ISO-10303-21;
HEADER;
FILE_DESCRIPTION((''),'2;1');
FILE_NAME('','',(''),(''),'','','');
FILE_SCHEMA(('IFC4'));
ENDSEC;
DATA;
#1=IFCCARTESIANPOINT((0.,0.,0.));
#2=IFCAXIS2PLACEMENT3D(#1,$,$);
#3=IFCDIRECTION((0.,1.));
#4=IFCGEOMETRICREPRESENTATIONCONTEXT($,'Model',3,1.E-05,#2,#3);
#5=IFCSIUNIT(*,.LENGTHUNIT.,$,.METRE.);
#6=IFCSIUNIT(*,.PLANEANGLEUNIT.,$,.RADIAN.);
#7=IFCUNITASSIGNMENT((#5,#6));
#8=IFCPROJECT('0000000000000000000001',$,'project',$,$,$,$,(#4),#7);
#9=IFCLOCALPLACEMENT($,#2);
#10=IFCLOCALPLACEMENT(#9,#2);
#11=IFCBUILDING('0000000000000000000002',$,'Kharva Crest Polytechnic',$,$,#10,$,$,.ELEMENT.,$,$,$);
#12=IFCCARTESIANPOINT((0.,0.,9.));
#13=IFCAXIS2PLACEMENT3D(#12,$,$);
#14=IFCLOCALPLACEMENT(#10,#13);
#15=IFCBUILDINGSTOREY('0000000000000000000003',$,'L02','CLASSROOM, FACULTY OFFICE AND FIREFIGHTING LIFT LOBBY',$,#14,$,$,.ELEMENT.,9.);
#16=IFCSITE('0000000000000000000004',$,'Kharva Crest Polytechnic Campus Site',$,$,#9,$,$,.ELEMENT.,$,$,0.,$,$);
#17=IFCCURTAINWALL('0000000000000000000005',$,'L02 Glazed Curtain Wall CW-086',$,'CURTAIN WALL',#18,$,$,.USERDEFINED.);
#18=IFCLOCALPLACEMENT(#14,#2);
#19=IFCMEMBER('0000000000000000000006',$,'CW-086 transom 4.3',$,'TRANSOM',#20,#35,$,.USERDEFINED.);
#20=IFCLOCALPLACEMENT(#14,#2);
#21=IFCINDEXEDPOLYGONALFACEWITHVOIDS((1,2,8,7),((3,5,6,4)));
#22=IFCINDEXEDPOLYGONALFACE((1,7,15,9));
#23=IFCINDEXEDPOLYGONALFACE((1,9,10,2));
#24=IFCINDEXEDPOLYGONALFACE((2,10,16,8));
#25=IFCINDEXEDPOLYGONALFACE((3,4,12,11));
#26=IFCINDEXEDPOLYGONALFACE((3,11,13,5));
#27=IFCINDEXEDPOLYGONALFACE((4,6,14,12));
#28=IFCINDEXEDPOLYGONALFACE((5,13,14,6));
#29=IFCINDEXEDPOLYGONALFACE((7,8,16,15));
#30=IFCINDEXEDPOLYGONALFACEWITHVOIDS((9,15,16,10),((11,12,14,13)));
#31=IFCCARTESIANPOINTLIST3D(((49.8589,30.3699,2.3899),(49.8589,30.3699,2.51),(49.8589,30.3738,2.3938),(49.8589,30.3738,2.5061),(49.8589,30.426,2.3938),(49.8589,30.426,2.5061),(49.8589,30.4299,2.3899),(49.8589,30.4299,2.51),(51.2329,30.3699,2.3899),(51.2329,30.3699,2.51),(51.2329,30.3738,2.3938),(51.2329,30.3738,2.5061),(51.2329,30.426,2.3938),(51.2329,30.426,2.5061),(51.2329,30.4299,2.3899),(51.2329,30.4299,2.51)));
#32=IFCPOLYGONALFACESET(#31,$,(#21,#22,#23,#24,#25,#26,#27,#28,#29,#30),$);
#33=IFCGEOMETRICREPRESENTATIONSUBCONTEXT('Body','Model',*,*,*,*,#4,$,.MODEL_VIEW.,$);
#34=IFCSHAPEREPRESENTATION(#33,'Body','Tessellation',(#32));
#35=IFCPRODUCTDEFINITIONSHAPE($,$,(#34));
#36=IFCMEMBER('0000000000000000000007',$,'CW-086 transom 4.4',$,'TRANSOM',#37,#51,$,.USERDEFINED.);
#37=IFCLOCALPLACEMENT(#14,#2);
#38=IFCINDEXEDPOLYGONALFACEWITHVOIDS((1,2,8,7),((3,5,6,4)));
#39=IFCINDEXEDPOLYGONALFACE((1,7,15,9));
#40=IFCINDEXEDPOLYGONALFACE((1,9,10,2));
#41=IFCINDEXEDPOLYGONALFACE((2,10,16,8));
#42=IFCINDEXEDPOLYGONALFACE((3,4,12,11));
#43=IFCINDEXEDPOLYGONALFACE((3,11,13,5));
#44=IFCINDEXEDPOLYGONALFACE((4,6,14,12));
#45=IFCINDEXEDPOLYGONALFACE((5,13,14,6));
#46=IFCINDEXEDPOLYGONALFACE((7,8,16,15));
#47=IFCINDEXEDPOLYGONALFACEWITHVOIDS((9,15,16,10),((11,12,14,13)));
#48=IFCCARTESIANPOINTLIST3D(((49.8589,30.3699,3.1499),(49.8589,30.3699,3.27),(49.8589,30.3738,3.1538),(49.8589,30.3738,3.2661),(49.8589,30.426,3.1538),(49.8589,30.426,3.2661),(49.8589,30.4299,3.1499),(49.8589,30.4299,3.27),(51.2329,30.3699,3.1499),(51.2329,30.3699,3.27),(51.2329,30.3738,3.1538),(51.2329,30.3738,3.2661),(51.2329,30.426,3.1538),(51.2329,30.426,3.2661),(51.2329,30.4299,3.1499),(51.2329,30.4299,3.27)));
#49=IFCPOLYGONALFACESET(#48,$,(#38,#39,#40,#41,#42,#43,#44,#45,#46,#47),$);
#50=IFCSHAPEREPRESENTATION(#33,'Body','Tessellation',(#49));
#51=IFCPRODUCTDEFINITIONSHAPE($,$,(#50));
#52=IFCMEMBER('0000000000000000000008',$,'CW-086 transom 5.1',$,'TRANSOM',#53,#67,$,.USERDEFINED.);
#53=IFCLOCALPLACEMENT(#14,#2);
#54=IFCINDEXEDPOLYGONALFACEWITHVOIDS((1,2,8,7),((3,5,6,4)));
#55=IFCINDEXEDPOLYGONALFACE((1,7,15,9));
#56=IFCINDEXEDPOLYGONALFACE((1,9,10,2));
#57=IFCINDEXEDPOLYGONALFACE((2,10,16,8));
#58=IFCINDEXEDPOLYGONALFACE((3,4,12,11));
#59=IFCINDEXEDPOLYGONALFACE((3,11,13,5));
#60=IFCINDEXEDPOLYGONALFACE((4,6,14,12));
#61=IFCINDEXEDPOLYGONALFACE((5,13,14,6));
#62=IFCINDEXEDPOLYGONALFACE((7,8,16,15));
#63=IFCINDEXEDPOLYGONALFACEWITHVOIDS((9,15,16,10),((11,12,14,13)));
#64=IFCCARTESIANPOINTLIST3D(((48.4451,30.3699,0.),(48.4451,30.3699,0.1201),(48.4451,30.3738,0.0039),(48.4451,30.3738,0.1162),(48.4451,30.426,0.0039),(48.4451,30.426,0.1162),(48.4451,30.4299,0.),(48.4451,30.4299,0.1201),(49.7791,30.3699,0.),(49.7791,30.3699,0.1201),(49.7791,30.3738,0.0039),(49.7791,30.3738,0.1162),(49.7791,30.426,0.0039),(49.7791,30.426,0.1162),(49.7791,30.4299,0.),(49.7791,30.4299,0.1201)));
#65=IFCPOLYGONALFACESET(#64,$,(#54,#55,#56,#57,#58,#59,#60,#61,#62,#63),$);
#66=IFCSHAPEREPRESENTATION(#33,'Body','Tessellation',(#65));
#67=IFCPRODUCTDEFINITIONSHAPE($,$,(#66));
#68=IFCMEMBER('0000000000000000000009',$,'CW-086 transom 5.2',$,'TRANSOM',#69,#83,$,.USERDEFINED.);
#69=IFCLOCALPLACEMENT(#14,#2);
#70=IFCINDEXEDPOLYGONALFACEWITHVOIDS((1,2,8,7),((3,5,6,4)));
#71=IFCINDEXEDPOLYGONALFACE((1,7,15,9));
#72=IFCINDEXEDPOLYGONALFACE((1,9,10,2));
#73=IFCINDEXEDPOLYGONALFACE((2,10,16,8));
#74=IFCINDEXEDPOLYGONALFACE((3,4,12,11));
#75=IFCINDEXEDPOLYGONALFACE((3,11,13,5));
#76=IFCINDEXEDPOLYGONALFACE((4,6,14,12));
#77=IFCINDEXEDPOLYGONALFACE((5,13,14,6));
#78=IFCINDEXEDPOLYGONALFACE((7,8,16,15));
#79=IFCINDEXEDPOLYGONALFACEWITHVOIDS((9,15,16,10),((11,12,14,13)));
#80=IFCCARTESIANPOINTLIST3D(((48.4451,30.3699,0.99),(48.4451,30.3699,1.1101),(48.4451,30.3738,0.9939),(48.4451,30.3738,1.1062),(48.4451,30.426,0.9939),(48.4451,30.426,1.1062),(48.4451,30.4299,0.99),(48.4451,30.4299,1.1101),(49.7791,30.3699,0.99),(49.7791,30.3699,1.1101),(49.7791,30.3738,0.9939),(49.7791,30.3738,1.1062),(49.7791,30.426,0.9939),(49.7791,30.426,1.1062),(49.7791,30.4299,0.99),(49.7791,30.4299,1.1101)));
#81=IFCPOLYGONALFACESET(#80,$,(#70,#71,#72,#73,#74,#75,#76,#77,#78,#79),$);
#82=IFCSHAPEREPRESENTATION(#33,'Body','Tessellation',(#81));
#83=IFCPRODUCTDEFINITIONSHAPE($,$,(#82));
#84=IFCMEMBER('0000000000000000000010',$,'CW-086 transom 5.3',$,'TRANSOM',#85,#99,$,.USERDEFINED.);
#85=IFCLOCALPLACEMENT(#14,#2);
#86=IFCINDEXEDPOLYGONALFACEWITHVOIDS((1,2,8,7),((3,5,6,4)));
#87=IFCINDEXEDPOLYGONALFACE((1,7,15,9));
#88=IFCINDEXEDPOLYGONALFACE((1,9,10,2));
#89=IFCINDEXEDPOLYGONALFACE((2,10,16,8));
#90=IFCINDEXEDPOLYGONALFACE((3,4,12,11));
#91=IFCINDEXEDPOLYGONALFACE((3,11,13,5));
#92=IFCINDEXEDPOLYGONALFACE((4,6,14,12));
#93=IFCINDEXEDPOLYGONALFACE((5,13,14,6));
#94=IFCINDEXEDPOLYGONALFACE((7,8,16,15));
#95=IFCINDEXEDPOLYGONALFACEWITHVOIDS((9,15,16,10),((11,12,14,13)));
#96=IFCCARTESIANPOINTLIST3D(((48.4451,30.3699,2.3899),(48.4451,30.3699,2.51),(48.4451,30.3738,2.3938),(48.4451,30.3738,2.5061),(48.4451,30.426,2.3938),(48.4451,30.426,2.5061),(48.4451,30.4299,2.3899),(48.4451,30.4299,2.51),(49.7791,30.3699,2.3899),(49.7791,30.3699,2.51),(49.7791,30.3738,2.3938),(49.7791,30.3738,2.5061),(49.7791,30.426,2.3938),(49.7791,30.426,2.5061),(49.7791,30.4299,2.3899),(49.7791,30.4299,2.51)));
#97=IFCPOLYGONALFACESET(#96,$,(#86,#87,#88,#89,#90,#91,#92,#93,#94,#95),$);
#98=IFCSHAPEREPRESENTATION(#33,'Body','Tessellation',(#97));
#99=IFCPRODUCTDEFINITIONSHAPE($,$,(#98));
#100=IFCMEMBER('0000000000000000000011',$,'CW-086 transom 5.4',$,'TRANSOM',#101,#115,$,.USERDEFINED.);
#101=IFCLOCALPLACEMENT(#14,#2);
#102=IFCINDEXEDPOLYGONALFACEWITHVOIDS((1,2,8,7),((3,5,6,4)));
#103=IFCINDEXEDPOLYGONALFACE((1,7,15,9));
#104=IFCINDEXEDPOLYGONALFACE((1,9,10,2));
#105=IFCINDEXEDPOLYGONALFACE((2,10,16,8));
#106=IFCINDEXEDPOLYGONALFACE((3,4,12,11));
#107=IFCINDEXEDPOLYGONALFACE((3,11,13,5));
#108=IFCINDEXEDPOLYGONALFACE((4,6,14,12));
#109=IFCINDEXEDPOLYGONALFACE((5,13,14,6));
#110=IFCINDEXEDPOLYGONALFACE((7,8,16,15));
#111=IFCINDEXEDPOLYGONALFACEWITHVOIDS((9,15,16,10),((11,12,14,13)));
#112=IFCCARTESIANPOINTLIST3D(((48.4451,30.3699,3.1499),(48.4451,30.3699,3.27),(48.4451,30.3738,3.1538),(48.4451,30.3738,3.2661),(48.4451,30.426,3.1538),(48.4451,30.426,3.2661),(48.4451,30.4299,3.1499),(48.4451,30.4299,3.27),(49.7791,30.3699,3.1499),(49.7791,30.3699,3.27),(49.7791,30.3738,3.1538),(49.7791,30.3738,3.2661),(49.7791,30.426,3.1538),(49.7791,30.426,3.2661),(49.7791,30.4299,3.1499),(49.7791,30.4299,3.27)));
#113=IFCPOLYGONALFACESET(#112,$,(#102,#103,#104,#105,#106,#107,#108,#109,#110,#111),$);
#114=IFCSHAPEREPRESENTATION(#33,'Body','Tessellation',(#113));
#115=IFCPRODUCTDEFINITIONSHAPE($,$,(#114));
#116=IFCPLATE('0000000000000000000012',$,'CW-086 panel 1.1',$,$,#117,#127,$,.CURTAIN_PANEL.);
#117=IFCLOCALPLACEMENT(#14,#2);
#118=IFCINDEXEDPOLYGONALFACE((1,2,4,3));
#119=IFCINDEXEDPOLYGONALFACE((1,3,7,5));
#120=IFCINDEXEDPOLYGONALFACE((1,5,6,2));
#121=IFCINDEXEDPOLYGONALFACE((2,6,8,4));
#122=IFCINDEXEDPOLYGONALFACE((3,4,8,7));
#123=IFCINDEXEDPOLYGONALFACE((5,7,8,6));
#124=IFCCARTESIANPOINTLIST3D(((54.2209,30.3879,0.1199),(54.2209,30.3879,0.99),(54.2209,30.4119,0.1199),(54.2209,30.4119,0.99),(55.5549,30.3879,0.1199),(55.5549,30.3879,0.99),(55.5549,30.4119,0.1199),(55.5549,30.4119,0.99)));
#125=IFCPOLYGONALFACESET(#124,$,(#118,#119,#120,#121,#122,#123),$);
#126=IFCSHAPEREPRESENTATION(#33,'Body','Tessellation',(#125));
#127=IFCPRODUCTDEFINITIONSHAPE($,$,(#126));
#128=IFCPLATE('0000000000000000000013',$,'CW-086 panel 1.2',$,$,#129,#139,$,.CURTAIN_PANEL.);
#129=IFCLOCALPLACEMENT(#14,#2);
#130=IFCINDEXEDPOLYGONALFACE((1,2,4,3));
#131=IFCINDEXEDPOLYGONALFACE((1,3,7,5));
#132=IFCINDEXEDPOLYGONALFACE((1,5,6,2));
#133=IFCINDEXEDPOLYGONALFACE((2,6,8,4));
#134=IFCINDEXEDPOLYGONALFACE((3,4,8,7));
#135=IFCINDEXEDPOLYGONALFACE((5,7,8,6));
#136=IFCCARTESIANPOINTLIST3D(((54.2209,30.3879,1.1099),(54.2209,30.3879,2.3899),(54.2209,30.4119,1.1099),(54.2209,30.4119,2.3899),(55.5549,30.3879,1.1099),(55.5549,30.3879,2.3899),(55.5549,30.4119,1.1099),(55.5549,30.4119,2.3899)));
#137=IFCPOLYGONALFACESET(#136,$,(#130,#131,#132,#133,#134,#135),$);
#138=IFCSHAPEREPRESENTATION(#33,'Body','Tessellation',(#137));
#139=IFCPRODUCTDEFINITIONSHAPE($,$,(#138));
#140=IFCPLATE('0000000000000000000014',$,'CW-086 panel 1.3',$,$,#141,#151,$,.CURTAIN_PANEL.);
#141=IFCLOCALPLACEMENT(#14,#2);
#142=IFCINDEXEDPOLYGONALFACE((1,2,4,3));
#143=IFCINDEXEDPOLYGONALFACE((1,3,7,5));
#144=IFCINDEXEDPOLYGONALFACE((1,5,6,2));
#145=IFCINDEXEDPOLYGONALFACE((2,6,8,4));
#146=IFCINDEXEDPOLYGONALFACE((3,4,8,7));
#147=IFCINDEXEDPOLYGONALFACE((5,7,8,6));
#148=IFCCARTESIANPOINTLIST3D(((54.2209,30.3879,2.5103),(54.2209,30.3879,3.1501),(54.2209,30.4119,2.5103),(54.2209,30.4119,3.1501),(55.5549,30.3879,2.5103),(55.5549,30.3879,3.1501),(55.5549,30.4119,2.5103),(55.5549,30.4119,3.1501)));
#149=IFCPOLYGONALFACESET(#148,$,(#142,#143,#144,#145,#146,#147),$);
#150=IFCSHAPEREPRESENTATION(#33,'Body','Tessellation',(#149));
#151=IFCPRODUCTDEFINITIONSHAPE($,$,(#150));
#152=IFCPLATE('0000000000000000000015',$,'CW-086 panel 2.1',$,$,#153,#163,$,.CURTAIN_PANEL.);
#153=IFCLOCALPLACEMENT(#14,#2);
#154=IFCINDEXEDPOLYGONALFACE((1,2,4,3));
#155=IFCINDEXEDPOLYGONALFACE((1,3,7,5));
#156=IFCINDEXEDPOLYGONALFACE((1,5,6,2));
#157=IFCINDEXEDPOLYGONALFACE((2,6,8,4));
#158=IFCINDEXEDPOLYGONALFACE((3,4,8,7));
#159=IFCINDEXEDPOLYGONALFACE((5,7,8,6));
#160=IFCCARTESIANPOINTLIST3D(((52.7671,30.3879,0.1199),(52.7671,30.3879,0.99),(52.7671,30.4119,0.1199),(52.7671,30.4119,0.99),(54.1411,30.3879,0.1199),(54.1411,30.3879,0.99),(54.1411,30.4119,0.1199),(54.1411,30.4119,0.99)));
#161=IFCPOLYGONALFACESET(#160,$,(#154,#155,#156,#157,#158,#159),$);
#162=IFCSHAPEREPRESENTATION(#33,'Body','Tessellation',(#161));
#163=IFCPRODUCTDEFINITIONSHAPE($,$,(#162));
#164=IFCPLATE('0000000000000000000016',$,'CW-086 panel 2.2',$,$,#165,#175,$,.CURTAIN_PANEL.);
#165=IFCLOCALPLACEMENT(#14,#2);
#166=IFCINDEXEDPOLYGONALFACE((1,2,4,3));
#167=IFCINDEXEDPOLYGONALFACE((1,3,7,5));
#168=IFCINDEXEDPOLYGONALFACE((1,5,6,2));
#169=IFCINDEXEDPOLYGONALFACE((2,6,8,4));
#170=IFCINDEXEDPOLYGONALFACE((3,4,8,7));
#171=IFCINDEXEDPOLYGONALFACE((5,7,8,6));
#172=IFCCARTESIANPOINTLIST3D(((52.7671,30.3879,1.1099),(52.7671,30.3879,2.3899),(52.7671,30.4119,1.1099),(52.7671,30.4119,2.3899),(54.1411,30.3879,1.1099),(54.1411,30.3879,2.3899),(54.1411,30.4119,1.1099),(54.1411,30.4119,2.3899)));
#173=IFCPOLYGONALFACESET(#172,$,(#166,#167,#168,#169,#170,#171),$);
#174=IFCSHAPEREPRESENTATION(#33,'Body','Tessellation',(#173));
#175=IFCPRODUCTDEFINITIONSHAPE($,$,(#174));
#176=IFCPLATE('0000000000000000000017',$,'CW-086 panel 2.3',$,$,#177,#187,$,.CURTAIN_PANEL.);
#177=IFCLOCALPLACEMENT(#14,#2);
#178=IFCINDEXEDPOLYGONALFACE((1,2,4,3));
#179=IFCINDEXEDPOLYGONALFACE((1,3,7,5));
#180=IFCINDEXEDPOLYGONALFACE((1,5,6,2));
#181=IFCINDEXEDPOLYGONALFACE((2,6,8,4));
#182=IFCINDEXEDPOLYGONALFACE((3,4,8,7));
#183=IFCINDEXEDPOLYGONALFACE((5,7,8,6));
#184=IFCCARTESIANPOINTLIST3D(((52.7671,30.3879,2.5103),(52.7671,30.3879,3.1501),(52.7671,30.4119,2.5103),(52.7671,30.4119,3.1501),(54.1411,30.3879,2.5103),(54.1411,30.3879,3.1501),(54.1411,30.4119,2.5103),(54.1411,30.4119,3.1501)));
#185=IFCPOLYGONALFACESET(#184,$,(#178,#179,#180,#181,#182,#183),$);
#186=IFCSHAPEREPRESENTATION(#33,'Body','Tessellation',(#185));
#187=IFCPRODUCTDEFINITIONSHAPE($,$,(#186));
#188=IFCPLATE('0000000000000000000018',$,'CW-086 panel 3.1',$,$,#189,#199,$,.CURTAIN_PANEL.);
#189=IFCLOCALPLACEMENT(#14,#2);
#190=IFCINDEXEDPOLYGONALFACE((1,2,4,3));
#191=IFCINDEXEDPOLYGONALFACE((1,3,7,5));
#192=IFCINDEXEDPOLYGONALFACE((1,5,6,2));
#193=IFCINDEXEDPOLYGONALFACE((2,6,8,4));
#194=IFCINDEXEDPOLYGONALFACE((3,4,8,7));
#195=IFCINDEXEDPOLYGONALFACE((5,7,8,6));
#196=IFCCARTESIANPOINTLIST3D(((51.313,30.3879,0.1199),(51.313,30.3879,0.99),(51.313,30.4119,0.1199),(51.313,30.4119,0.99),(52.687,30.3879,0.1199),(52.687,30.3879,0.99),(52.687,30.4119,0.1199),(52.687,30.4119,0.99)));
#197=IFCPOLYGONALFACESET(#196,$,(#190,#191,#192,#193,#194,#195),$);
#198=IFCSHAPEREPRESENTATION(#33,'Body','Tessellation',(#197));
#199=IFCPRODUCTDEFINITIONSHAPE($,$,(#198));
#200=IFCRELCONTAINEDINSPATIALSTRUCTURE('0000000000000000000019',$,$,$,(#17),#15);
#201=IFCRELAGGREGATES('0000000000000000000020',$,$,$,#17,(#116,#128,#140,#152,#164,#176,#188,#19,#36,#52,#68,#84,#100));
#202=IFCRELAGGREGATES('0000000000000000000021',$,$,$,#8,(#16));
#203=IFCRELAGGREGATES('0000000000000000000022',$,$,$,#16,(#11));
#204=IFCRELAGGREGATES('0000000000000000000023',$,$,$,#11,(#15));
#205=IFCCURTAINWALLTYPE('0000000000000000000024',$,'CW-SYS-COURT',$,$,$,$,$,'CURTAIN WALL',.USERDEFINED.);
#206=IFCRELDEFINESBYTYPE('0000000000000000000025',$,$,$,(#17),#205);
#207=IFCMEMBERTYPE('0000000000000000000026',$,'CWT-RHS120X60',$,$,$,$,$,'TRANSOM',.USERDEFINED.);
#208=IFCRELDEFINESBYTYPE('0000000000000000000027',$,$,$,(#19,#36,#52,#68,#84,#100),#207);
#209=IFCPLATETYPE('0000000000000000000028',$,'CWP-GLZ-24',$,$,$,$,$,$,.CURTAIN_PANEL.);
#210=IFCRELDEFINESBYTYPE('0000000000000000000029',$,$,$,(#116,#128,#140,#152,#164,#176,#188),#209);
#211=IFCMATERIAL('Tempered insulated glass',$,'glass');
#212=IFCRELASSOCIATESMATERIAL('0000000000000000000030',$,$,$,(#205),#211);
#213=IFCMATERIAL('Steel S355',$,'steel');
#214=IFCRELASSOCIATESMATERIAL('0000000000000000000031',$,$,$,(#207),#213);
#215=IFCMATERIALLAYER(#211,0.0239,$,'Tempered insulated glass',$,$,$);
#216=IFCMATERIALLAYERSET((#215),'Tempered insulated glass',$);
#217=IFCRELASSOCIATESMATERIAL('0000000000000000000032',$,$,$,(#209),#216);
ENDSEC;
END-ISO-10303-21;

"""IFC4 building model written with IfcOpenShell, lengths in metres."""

from ifc_helpers import new_model, si_unit, direction, frame, origin, origin_2d, place, context, subcontext, project, spatial, rectangle, hollow_rectangle, extrude, material, layer, layer_set, material_profile, profile_set, type_object, element, aggregate, save


model = new_model("IFC4")

# Units and contexts
model_context = context("Model", 3, precision=1e-05, world=origin(), true_north=direction((0.0, 1.0)))
body_context = subcontext(model_context, "Body", "Model", "MODEL_VIEW")
ifc_project = project(units=[si_unit("LENGTHUNIT", "METRE"), si_unit("PLANEANGLEUNIT", "RADIAN")], contexts=[model_context])

# Site, building, storey
site_placement = place(None, origin())
site = spatial("IfcSite", under=ifc_project, at=site_placement, Name="Kharva Crest Polytechnic Campus Site", CompositionType="ELEMENT", RefElevation=0.0)
building_placement = place(site_placement, origin())
building = spatial("IfcBuilding", under=site, at=building_placement, Name="Kharva Crest Polytechnic", CompositionType="ELEMENT")
storey_placement = place(building_placement, frame((0.0, 0.0, 9.0)))
storey = spatial("IfcBuildingStorey", under=building, at=storey_placement, Name="L02", Description="CLASSROOM, FACULTY OFFICE AND FIREFIGHTING LIFT LOBBY", CompositionType="ELEMENT", Elevation=9.0)

# Curtain wall, members, plates
ifc_material_1 = material(Name="Tempered insulated glass", Category="glass")
curtain_wall_type = type_object("IfcCurtainWallType", Name="CW-SYS-COURT", ElementType="CURTAIN WALL", PredefinedType="USERDEFINED", material=ifc_material_1)
curtain_wall_placement = place(storey_placement, origin())
curtain_wall = element("IfcCurtainWall", 1, at=curtain_wall_placement, inside=storey, type_object=curtain_wall_type, Name="L02 Glazed Curtain Wall CW-086", ObjectType="CURTAIN WALL", PredefinedType="USERDEFINED")
ifc_material_2 = material(Name="Steel S355", Category="steel")
ifc_material_profile_1 = material_profile(ifc_material_2, hollow_rectangle(XDim=0.0601, YDim=0.1201, WallThickness=0.0039, at=origin_2d()), Name="RHS 120X60X4.0")
ifc_profile_set_1 = profile_set([ifc_material_profile_1], Name="Steel S355")
member_type_1 = type_object("IfcMemberType", Name="CWT-RHS120X60", ElementType="TRANSOM", PredefinedType="USERDEFINED", material=ifc_profile_set_1)
member_1_placement = place(storey_placement, frame((51.2329, 30.3999, 2.45), z_axis=(-1.0, 0.0, 0.0), x_axis=(0.0, -1.0, 0.0)))
member_1 = element("IfcMember", 2, at=member_1_placement, type_object=member_type_1, Name="CW-086 transom 4.3", ObjectType="TRANSOM", PredefinedType="USERDEFINED", context=body_context, shape_type="SweptSolid", body=[
    extrude(hollow_rectangle(XDim=0.0601, YDim=0.1201, WallThickness=0.0039, at=origin_2d()), origin(), (0.0, 0.0, 1.0), 1.374),
])
member_2_placement = place(storey_placement, frame((51.2329, 30.3999, 3.21), z_axis=(-1.0, 0.0, 0.0), x_axis=(0.0, -1.0, 0.0)))
member_2 = element("IfcMember", 3, at=member_2_placement, type_object=member_type_1, Name="CW-086 transom 4.4", ObjectType="TRANSOM", PredefinedType="USERDEFINED", context=body_context, shape_type="SweptSolid", body=[
    extrude(hollow_rectangle(XDim=0.0601, YDim=0.1201, WallThickness=0.0039, at=origin_2d()), origin(), (0.0, 0.0, 1.0), 1.374),
])
member_3_placement = place(storey_placement, frame((49.7791, 30.3999, 0.0601), z_axis=(-1.0, 0.0, 0.0), x_axis=(0.0, -1.0, 0.0)))
member_3 = element("IfcMember", 4, at=member_3_placement, type_object=member_type_1, Name="CW-086 transom 5.1", ObjectType="TRANSOM", PredefinedType="USERDEFINED", context=body_context, shape_type="SweptSolid", body=[
    extrude(hollow_rectangle(XDim=0.0601, YDim=0.1201, WallThickness=0.0039, at=origin_2d()), origin(), (0.0, 0.0, 1.0), 1.334),
])
member_4_placement = place(storey_placement, frame((49.7791, 30.3999, 1.05), z_axis=(-1.0, 0.0, 0.0), x_axis=(0.0, -1.0, 0.0)))
member_4 = element("IfcMember", 5, at=member_4_placement, type_object=member_type_1, Name="CW-086 transom 5.2", ObjectType="TRANSOM", PredefinedType="USERDEFINED", context=body_context, shape_type="SweptSolid", body=[
    extrude(hollow_rectangle(XDim=0.0601, YDim=0.1201, WallThickness=0.0039, at=origin_2d()), origin(), (0.0, 0.0, 1.0), 1.334),
])
member_5_placement = place(storey_placement, frame((49.7791, 30.3999, 2.45), z_axis=(-1.0, 0.0, 0.0), x_axis=(0.0, -1.0, 0.0)))
member_5 = element("IfcMember", 6, at=member_5_placement, type_object=member_type_1, Name="CW-086 transom 5.3", ObjectType="TRANSOM", PredefinedType="USERDEFINED", context=body_context, shape_type="SweptSolid", body=[
    extrude(hollow_rectangle(XDim=0.0601, YDim=0.1201, WallThickness=0.0039, at=origin_2d()), origin(), (0.0, 0.0, 1.0), 1.334),
])
member_6_placement = place(storey_placement, frame((49.7791, 30.3999, 3.21), z_axis=(-1.0, 0.0, 0.0), x_axis=(0.0, -1.0, 0.0)))
member_6 = element("IfcMember", 7, at=member_6_placement, type_object=member_type_1, Name="CW-086 transom 5.4", ObjectType="TRANSOM", PredefinedType="USERDEFINED", context=body_context, shape_type="SweptSolid", body=[
    extrude(hollow_rectangle(XDim=0.0601, YDim=0.1201, WallThickness=0.0039, at=origin_2d()), origin(), (0.0, 0.0, 1.0), 1.334),
])
ifc_layer = layer(ifc_material_1, 0.0239, Name="Tempered insulated glass")
ifc_layer_set = layer_set([ifc_layer], Name="Tempered insulated glass")
plate_type = type_object("IfcPlateType", Name="CWP-GLZ-24", PredefinedType="CURTAIN_PANEL", material=ifc_layer_set)
plate_1_placement = place(storey_placement, frame((54.8879, 30.3999, 0.1199), z_axis=(0.0, 0.0, 1.0), x_axis=(-1.0, 0.0, 0.0)))
plate_1 = element("IfcPlate", 8, at=plate_1_placement, type_object=plate_type, Name="CW-086 panel 1.1", PredefinedType="CURTAIN_PANEL", context=body_context, shape_type="SweptSolid", body=[
    extrude(rectangle(XDim=1.334, YDim=0.0239, at=origin_2d()), origin(), (0.0, 0.0, 1.0), 0.8701),
])
plate_2_placement = place(storey_placement, frame((54.8879, 30.3999, 1.1099), z_axis=(0.0, 0.0, 1.0), x_axis=(-1.0, 0.0, 0.0)))
plate_2 = element("IfcPlate", 9, at=plate_2_placement, type_object=plate_type, Name="CW-086 panel 1.2", PredefinedType="CURTAIN_PANEL", context=body_context, shape_type="SweptSolid", body=[
    extrude(rectangle(XDim=1.334, YDim=0.0239, at=origin_2d()), origin(), (0.0, 0.0, 1.0), 1.28),
])
plate_3_placement = place(storey_placement, frame((54.8879, 30.3999, 2.5103), z_axis=(0.0, 0.0, 1.0), x_axis=(-1.0, 0.0, 0.0)))
plate_3 = element("IfcPlate", 10, at=plate_3_placement, type_object=plate_type, Name="CW-086 panel 1.3", PredefinedType="CURTAIN_PANEL", context=body_context, shape_type="SweptSolid", body=[
    extrude(rectangle(XDim=1.334, YDim=0.0239, at=origin_2d()), origin(), (0.0, 0.0, 1.0), 0.6399),
])
plate_4_placement = place(storey_placement, frame((53.4541, 30.3999, 0.1199), z_axis=(0.0, 0.0, 1.0), x_axis=(-1.0, 0.0, 0.0)))
plate_4 = element("IfcPlate", 11, at=plate_4_placement, type_object=plate_type, Name="CW-086 panel 2.1", PredefinedType="CURTAIN_PANEL", context=body_context, shape_type="SweptSolid", body=[
    extrude(rectangle(XDim=1.374, YDim=0.0239, at=origin_2d()), origin(), (0.0, 0.0, 1.0), 0.8701),
])
plate_5_placement = place(storey_placement, frame((53.4541, 30.3999, 1.1099), z_axis=(0.0, 0.0, 1.0), x_axis=(-1.0, 0.0, 0.0)))
plate_5 = element("IfcPlate", 12, at=plate_5_placement, type_object=plate_type, Name="CW-086 panel 2.2", PredefinedType="CURTAIN_PANEL", context=body_context, shape_type="SweptSolid", body=[
    extrude(rectangle(XDim=1.374, YDim=0.0239, at=origin_2d()), origin(), (0.0, 0.0, 1.0), 1.28),
])
plate_6_placement = place(storey_placement, frame((53.4541, 30.3999, 2.5103), z_axis=(0.0, 0.0, 1.0), x_axis=(-1.0, 0.0, 0.0)))
plate_6 = element("IfcPlate", 13, at=plate_6_placement, type_object=plate_type, Name="CW-086 panel 2.3", PredefinedType="CURTAIN_PANEL", context=body_context, shape_type="SweptSolid", body=[
    extrude(rectangle(XDim=1.374, YDim=0.0239, at=origin_2d()), origin(), (0.0, 0.0, 1.0), 0.6399),
])
plate_7_placement = place(storey_placement, frame((52.0, 30.3999, 0.1199), z_axis=(0.0, 0.0, 1.0), x_axis=(-1.0, 0.0, 0.0)))
plate_7 = element("IfcPlate", 14, at=plate_7_placement, type_object=plate_type, Name="CW-086 panel 3.1", PredefinedType="CURTAIN_PANEL", context=body_context, shape_type="SweptSolid", body=[
    extrude(rectangle(XDim=1.374, YDim=0.0239, at=origin_2d()), origin(), (0.0, 0.0, 1.0), 0.8701),
])
aggregate(curtain_wall, [plate_1, plate_2, plate_3, plate_4, plate_5, plate_6, plate_7, member_1, member_2, member_3, member_4, member_5, member_6])

save(model, "model.ifc")
